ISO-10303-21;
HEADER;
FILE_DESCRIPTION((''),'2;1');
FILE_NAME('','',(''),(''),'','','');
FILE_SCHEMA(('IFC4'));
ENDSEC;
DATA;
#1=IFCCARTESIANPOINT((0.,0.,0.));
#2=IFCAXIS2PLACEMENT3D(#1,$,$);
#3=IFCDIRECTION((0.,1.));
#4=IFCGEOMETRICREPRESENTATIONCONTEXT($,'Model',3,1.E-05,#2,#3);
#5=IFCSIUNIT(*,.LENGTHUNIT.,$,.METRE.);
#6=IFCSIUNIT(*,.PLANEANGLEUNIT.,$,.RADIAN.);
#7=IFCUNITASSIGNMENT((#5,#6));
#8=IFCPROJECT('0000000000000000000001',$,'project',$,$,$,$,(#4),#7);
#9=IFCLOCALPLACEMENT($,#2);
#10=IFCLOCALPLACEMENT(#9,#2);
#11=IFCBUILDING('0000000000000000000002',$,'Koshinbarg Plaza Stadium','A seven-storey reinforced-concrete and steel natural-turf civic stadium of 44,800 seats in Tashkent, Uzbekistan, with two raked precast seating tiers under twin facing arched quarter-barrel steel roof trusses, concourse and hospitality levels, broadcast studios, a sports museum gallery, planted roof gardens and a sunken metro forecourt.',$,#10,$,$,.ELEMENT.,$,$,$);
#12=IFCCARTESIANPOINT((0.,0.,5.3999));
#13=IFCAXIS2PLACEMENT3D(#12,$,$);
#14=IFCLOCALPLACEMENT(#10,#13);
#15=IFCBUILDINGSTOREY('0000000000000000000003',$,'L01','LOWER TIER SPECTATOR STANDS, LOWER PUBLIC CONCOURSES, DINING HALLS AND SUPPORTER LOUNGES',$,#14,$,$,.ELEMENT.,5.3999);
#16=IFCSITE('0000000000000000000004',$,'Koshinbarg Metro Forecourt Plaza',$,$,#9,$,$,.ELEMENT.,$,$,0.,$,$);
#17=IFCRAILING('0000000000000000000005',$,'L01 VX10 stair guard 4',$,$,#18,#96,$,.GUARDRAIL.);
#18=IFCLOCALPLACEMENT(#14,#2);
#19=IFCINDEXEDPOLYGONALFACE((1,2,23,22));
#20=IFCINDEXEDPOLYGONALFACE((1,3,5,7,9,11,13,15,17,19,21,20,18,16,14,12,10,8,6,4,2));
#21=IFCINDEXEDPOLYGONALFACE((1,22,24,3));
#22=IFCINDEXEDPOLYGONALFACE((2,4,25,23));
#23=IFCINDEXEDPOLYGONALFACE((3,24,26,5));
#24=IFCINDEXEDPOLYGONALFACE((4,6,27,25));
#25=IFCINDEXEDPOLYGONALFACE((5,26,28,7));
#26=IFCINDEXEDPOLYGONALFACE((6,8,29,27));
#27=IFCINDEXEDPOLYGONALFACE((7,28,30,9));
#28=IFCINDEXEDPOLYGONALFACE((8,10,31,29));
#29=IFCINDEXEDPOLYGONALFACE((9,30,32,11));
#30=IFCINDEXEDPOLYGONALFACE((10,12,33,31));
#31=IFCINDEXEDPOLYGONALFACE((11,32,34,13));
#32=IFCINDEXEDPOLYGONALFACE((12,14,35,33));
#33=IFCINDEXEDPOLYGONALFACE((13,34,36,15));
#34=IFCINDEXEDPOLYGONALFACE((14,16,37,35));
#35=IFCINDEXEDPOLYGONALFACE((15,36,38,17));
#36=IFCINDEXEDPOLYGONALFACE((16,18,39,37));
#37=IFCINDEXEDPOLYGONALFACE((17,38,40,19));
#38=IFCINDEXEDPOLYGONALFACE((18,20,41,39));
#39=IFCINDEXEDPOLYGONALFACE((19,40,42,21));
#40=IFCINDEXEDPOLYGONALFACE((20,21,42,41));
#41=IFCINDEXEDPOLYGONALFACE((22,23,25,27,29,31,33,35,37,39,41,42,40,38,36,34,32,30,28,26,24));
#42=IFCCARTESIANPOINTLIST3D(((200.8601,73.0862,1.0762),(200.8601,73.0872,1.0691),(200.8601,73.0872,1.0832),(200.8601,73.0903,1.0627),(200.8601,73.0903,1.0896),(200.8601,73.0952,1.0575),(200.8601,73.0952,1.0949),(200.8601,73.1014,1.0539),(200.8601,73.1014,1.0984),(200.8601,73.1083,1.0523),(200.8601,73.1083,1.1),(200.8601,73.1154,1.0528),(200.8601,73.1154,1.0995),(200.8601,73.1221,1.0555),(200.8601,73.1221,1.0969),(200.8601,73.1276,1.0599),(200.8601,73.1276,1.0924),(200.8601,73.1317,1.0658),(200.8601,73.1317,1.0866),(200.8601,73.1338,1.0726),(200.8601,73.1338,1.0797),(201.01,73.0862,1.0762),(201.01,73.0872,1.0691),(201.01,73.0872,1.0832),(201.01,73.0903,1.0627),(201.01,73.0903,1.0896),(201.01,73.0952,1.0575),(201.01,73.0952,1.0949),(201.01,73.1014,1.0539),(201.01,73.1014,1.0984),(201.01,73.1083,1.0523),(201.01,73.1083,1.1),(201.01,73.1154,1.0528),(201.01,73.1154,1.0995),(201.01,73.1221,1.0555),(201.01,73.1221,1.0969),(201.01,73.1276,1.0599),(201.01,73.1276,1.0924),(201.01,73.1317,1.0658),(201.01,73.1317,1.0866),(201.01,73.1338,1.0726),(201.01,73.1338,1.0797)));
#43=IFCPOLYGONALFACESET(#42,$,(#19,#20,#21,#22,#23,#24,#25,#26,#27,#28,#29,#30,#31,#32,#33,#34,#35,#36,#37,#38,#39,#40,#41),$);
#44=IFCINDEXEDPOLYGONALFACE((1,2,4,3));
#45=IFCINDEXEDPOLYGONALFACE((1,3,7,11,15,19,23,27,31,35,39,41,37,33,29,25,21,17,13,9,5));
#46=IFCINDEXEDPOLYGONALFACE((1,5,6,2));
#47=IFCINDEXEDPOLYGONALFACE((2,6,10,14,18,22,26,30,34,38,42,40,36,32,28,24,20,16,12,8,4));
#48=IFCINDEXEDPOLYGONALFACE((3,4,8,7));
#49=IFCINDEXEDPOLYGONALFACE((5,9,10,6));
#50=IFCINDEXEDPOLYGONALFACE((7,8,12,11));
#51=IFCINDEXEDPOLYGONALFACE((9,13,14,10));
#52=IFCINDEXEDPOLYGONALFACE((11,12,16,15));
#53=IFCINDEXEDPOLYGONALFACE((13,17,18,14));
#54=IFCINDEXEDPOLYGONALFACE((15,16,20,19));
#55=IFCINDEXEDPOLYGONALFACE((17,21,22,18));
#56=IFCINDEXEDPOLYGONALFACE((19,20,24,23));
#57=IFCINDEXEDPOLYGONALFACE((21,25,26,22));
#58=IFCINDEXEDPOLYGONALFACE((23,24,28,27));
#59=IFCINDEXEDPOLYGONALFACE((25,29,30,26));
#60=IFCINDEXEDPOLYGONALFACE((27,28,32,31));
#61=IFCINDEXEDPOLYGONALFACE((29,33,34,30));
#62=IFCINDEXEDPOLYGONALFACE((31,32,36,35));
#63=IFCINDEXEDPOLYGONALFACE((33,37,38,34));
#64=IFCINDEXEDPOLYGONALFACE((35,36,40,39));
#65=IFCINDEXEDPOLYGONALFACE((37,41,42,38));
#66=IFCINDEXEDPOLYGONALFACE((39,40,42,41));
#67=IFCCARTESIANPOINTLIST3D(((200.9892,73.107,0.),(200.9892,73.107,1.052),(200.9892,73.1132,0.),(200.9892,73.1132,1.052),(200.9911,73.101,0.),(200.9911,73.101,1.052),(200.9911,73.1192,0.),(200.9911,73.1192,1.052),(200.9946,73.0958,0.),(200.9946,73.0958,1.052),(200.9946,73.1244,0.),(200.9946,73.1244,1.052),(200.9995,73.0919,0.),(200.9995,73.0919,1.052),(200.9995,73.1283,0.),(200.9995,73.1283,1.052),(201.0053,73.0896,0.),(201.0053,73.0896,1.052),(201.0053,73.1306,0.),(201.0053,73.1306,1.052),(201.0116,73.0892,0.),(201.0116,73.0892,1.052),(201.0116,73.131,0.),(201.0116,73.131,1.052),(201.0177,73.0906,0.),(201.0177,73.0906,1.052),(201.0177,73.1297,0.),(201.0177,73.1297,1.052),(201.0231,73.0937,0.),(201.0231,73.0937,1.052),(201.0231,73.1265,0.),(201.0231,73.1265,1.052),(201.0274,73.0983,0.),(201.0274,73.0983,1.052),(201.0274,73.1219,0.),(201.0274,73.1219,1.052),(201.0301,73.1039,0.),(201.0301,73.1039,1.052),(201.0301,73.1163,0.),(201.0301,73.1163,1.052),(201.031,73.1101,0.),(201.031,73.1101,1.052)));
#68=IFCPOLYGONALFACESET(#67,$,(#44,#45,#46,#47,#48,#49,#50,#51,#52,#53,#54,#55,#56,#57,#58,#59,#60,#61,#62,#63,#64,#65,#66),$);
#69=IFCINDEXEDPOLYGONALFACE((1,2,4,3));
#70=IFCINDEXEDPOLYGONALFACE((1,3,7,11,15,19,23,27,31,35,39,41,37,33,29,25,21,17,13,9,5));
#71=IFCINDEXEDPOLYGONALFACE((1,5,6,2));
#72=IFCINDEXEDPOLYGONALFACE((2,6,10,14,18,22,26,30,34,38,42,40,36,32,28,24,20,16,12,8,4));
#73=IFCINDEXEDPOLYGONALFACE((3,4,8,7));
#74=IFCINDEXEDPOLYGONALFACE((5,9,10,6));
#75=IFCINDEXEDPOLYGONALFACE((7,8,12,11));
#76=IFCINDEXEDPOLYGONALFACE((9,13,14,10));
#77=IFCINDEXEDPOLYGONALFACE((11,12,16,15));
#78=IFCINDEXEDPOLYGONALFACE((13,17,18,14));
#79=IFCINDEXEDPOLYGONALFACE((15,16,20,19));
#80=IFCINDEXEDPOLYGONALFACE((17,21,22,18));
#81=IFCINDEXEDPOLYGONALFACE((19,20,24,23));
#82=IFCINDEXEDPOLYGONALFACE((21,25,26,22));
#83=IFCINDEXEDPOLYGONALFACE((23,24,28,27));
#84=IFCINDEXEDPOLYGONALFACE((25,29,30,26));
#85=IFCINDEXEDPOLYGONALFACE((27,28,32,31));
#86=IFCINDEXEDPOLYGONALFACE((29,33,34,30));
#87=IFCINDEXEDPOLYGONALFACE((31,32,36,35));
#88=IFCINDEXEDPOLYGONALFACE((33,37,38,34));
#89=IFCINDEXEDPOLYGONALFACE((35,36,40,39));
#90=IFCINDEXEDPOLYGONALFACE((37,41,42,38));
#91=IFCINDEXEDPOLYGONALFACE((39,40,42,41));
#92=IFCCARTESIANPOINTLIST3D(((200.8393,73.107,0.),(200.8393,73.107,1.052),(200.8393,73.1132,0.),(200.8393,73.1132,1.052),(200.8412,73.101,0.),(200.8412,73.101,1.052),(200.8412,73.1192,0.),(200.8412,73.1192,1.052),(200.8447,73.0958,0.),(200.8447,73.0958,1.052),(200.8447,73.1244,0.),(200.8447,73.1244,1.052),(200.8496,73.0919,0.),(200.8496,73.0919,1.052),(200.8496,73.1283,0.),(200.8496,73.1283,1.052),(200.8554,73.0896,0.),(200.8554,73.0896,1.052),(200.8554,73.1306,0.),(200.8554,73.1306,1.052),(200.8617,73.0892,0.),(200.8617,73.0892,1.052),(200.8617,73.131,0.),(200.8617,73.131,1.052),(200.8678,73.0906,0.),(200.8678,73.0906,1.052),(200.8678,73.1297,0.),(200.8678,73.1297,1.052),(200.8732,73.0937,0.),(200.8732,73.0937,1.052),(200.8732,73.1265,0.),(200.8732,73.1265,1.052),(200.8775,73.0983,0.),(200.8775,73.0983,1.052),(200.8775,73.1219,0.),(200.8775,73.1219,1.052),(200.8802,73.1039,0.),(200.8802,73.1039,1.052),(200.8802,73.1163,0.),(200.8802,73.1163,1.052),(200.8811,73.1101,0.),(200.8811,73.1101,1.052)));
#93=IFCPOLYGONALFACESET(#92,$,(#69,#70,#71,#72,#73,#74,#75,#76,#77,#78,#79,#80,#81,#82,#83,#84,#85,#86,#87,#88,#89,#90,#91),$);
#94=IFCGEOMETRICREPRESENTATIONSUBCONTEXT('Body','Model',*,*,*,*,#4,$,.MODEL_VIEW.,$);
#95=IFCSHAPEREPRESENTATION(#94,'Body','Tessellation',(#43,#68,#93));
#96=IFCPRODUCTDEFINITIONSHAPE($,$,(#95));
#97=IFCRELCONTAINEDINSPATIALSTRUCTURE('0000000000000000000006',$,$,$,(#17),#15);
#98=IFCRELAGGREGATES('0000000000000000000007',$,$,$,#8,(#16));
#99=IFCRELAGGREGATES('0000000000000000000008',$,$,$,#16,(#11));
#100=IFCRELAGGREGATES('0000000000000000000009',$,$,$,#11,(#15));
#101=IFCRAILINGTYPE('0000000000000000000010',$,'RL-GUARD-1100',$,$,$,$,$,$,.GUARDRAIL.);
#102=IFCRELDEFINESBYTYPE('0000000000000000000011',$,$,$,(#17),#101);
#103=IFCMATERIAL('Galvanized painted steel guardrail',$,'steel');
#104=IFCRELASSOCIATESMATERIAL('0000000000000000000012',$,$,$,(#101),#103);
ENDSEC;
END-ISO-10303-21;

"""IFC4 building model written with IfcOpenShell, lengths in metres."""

from ifc_helpers import new_model, si_unit, direction, frame, origin, origin_2d, place, context, subcontext, project, spatial, circle, extrude, material, type_object, element, save


model = new_model("IFC4")

# Units and contexts
model_context = context("Model", 3, precision=1e-05, world=origin(), true_north=direction((0.0, 1.0)))
body_context = subcontext(model_context, "Body", "Model", "MODEL_VIEW")
ifc_project = project(units=[si_unit("LENGTHUNIT", "METRE"), si_unit("PLANEANGLEUNIT", "RADIAN")], contexts=[model_context])

# Site, building, storey
site_placement = place(None, origin())
site = spatial("IfcSite", under=ifc_project, at=site_placement, Name="Koshinbarg Metro Forecourt Plaza", CompositionType="ELEMENT", RefElevation=0.0)
building_placement = place(site_placement, origin())
building = spatial("IfcBuilding", under=site, at=building_placement, Name="Koshinbarg Plaza Stadium", Description="A seven-storey reinforced-concrete and steel natural-turf civic stadium of 44,800 seats in Tashkent, Uzbekistan, with two raked precast seating tiers under twin facing arched quarter-barrel steel roof trusses, concourse and hospitality levels, broadcast studios, a sports museum gallery, planted roof gardens and a sunken metro forecourt.", CompositionType="ELEMENT")
storey_placement = place(building_placement, frame((0.0, 0.0, 5.3999)))
storey = spatial("IfcBuildingStorey", under=building, at=storey_placement, Name="L01", Description="LOWER TIER SPECTATOR STANDS, LOWER PUBLIC CONCOURSES, DINING HALLS AND SUPPORTER LOUNGES", CompositionType="ELEMENT", Elevation=5.3999)

# Railing
ifc_material_1 = material(Name="Galvanized painted steel guardrail", Category="steel")
railing_type_1 = type_object("IfcRailingType", Name="RL-GUARD-1100", PredefinedType="GUARDRAIL", material=ifc_material_1)
railing_1_placement = place(storey_placement, frame((201.01, 73.1101, 0.0)))
element("IfcRailing", 1, at=railing_1_placement, inside=storey, type_object=railing_type_1, Name="L01 VX10 stair guard 4", PredefinedType="GUARDRAIL", context=body_context, shape_type="SweptSolid", body=[
    extrude(circle(Radius=0.0239, at=origin_2d()), frame((0.0, 0.0, 1.0762), z_axis=(-1.0, 0.0, 0.0), x_axis=(0.0, -1.0, 0.0)), (0.0, 0.0, 1.0), 0.1499),
    extrude(circle(Radius=0.021, at=origin_2d()), origin(), (0.0, 0.0, 1.0), 1.052),
    extrude(circle(Radius=0.021, at=origin_2d()), frame((-0.1499, 0.0, 0.0)), (0.0, 0.0, 1.0), 1.052),
])

save(model, "model.ifc")
